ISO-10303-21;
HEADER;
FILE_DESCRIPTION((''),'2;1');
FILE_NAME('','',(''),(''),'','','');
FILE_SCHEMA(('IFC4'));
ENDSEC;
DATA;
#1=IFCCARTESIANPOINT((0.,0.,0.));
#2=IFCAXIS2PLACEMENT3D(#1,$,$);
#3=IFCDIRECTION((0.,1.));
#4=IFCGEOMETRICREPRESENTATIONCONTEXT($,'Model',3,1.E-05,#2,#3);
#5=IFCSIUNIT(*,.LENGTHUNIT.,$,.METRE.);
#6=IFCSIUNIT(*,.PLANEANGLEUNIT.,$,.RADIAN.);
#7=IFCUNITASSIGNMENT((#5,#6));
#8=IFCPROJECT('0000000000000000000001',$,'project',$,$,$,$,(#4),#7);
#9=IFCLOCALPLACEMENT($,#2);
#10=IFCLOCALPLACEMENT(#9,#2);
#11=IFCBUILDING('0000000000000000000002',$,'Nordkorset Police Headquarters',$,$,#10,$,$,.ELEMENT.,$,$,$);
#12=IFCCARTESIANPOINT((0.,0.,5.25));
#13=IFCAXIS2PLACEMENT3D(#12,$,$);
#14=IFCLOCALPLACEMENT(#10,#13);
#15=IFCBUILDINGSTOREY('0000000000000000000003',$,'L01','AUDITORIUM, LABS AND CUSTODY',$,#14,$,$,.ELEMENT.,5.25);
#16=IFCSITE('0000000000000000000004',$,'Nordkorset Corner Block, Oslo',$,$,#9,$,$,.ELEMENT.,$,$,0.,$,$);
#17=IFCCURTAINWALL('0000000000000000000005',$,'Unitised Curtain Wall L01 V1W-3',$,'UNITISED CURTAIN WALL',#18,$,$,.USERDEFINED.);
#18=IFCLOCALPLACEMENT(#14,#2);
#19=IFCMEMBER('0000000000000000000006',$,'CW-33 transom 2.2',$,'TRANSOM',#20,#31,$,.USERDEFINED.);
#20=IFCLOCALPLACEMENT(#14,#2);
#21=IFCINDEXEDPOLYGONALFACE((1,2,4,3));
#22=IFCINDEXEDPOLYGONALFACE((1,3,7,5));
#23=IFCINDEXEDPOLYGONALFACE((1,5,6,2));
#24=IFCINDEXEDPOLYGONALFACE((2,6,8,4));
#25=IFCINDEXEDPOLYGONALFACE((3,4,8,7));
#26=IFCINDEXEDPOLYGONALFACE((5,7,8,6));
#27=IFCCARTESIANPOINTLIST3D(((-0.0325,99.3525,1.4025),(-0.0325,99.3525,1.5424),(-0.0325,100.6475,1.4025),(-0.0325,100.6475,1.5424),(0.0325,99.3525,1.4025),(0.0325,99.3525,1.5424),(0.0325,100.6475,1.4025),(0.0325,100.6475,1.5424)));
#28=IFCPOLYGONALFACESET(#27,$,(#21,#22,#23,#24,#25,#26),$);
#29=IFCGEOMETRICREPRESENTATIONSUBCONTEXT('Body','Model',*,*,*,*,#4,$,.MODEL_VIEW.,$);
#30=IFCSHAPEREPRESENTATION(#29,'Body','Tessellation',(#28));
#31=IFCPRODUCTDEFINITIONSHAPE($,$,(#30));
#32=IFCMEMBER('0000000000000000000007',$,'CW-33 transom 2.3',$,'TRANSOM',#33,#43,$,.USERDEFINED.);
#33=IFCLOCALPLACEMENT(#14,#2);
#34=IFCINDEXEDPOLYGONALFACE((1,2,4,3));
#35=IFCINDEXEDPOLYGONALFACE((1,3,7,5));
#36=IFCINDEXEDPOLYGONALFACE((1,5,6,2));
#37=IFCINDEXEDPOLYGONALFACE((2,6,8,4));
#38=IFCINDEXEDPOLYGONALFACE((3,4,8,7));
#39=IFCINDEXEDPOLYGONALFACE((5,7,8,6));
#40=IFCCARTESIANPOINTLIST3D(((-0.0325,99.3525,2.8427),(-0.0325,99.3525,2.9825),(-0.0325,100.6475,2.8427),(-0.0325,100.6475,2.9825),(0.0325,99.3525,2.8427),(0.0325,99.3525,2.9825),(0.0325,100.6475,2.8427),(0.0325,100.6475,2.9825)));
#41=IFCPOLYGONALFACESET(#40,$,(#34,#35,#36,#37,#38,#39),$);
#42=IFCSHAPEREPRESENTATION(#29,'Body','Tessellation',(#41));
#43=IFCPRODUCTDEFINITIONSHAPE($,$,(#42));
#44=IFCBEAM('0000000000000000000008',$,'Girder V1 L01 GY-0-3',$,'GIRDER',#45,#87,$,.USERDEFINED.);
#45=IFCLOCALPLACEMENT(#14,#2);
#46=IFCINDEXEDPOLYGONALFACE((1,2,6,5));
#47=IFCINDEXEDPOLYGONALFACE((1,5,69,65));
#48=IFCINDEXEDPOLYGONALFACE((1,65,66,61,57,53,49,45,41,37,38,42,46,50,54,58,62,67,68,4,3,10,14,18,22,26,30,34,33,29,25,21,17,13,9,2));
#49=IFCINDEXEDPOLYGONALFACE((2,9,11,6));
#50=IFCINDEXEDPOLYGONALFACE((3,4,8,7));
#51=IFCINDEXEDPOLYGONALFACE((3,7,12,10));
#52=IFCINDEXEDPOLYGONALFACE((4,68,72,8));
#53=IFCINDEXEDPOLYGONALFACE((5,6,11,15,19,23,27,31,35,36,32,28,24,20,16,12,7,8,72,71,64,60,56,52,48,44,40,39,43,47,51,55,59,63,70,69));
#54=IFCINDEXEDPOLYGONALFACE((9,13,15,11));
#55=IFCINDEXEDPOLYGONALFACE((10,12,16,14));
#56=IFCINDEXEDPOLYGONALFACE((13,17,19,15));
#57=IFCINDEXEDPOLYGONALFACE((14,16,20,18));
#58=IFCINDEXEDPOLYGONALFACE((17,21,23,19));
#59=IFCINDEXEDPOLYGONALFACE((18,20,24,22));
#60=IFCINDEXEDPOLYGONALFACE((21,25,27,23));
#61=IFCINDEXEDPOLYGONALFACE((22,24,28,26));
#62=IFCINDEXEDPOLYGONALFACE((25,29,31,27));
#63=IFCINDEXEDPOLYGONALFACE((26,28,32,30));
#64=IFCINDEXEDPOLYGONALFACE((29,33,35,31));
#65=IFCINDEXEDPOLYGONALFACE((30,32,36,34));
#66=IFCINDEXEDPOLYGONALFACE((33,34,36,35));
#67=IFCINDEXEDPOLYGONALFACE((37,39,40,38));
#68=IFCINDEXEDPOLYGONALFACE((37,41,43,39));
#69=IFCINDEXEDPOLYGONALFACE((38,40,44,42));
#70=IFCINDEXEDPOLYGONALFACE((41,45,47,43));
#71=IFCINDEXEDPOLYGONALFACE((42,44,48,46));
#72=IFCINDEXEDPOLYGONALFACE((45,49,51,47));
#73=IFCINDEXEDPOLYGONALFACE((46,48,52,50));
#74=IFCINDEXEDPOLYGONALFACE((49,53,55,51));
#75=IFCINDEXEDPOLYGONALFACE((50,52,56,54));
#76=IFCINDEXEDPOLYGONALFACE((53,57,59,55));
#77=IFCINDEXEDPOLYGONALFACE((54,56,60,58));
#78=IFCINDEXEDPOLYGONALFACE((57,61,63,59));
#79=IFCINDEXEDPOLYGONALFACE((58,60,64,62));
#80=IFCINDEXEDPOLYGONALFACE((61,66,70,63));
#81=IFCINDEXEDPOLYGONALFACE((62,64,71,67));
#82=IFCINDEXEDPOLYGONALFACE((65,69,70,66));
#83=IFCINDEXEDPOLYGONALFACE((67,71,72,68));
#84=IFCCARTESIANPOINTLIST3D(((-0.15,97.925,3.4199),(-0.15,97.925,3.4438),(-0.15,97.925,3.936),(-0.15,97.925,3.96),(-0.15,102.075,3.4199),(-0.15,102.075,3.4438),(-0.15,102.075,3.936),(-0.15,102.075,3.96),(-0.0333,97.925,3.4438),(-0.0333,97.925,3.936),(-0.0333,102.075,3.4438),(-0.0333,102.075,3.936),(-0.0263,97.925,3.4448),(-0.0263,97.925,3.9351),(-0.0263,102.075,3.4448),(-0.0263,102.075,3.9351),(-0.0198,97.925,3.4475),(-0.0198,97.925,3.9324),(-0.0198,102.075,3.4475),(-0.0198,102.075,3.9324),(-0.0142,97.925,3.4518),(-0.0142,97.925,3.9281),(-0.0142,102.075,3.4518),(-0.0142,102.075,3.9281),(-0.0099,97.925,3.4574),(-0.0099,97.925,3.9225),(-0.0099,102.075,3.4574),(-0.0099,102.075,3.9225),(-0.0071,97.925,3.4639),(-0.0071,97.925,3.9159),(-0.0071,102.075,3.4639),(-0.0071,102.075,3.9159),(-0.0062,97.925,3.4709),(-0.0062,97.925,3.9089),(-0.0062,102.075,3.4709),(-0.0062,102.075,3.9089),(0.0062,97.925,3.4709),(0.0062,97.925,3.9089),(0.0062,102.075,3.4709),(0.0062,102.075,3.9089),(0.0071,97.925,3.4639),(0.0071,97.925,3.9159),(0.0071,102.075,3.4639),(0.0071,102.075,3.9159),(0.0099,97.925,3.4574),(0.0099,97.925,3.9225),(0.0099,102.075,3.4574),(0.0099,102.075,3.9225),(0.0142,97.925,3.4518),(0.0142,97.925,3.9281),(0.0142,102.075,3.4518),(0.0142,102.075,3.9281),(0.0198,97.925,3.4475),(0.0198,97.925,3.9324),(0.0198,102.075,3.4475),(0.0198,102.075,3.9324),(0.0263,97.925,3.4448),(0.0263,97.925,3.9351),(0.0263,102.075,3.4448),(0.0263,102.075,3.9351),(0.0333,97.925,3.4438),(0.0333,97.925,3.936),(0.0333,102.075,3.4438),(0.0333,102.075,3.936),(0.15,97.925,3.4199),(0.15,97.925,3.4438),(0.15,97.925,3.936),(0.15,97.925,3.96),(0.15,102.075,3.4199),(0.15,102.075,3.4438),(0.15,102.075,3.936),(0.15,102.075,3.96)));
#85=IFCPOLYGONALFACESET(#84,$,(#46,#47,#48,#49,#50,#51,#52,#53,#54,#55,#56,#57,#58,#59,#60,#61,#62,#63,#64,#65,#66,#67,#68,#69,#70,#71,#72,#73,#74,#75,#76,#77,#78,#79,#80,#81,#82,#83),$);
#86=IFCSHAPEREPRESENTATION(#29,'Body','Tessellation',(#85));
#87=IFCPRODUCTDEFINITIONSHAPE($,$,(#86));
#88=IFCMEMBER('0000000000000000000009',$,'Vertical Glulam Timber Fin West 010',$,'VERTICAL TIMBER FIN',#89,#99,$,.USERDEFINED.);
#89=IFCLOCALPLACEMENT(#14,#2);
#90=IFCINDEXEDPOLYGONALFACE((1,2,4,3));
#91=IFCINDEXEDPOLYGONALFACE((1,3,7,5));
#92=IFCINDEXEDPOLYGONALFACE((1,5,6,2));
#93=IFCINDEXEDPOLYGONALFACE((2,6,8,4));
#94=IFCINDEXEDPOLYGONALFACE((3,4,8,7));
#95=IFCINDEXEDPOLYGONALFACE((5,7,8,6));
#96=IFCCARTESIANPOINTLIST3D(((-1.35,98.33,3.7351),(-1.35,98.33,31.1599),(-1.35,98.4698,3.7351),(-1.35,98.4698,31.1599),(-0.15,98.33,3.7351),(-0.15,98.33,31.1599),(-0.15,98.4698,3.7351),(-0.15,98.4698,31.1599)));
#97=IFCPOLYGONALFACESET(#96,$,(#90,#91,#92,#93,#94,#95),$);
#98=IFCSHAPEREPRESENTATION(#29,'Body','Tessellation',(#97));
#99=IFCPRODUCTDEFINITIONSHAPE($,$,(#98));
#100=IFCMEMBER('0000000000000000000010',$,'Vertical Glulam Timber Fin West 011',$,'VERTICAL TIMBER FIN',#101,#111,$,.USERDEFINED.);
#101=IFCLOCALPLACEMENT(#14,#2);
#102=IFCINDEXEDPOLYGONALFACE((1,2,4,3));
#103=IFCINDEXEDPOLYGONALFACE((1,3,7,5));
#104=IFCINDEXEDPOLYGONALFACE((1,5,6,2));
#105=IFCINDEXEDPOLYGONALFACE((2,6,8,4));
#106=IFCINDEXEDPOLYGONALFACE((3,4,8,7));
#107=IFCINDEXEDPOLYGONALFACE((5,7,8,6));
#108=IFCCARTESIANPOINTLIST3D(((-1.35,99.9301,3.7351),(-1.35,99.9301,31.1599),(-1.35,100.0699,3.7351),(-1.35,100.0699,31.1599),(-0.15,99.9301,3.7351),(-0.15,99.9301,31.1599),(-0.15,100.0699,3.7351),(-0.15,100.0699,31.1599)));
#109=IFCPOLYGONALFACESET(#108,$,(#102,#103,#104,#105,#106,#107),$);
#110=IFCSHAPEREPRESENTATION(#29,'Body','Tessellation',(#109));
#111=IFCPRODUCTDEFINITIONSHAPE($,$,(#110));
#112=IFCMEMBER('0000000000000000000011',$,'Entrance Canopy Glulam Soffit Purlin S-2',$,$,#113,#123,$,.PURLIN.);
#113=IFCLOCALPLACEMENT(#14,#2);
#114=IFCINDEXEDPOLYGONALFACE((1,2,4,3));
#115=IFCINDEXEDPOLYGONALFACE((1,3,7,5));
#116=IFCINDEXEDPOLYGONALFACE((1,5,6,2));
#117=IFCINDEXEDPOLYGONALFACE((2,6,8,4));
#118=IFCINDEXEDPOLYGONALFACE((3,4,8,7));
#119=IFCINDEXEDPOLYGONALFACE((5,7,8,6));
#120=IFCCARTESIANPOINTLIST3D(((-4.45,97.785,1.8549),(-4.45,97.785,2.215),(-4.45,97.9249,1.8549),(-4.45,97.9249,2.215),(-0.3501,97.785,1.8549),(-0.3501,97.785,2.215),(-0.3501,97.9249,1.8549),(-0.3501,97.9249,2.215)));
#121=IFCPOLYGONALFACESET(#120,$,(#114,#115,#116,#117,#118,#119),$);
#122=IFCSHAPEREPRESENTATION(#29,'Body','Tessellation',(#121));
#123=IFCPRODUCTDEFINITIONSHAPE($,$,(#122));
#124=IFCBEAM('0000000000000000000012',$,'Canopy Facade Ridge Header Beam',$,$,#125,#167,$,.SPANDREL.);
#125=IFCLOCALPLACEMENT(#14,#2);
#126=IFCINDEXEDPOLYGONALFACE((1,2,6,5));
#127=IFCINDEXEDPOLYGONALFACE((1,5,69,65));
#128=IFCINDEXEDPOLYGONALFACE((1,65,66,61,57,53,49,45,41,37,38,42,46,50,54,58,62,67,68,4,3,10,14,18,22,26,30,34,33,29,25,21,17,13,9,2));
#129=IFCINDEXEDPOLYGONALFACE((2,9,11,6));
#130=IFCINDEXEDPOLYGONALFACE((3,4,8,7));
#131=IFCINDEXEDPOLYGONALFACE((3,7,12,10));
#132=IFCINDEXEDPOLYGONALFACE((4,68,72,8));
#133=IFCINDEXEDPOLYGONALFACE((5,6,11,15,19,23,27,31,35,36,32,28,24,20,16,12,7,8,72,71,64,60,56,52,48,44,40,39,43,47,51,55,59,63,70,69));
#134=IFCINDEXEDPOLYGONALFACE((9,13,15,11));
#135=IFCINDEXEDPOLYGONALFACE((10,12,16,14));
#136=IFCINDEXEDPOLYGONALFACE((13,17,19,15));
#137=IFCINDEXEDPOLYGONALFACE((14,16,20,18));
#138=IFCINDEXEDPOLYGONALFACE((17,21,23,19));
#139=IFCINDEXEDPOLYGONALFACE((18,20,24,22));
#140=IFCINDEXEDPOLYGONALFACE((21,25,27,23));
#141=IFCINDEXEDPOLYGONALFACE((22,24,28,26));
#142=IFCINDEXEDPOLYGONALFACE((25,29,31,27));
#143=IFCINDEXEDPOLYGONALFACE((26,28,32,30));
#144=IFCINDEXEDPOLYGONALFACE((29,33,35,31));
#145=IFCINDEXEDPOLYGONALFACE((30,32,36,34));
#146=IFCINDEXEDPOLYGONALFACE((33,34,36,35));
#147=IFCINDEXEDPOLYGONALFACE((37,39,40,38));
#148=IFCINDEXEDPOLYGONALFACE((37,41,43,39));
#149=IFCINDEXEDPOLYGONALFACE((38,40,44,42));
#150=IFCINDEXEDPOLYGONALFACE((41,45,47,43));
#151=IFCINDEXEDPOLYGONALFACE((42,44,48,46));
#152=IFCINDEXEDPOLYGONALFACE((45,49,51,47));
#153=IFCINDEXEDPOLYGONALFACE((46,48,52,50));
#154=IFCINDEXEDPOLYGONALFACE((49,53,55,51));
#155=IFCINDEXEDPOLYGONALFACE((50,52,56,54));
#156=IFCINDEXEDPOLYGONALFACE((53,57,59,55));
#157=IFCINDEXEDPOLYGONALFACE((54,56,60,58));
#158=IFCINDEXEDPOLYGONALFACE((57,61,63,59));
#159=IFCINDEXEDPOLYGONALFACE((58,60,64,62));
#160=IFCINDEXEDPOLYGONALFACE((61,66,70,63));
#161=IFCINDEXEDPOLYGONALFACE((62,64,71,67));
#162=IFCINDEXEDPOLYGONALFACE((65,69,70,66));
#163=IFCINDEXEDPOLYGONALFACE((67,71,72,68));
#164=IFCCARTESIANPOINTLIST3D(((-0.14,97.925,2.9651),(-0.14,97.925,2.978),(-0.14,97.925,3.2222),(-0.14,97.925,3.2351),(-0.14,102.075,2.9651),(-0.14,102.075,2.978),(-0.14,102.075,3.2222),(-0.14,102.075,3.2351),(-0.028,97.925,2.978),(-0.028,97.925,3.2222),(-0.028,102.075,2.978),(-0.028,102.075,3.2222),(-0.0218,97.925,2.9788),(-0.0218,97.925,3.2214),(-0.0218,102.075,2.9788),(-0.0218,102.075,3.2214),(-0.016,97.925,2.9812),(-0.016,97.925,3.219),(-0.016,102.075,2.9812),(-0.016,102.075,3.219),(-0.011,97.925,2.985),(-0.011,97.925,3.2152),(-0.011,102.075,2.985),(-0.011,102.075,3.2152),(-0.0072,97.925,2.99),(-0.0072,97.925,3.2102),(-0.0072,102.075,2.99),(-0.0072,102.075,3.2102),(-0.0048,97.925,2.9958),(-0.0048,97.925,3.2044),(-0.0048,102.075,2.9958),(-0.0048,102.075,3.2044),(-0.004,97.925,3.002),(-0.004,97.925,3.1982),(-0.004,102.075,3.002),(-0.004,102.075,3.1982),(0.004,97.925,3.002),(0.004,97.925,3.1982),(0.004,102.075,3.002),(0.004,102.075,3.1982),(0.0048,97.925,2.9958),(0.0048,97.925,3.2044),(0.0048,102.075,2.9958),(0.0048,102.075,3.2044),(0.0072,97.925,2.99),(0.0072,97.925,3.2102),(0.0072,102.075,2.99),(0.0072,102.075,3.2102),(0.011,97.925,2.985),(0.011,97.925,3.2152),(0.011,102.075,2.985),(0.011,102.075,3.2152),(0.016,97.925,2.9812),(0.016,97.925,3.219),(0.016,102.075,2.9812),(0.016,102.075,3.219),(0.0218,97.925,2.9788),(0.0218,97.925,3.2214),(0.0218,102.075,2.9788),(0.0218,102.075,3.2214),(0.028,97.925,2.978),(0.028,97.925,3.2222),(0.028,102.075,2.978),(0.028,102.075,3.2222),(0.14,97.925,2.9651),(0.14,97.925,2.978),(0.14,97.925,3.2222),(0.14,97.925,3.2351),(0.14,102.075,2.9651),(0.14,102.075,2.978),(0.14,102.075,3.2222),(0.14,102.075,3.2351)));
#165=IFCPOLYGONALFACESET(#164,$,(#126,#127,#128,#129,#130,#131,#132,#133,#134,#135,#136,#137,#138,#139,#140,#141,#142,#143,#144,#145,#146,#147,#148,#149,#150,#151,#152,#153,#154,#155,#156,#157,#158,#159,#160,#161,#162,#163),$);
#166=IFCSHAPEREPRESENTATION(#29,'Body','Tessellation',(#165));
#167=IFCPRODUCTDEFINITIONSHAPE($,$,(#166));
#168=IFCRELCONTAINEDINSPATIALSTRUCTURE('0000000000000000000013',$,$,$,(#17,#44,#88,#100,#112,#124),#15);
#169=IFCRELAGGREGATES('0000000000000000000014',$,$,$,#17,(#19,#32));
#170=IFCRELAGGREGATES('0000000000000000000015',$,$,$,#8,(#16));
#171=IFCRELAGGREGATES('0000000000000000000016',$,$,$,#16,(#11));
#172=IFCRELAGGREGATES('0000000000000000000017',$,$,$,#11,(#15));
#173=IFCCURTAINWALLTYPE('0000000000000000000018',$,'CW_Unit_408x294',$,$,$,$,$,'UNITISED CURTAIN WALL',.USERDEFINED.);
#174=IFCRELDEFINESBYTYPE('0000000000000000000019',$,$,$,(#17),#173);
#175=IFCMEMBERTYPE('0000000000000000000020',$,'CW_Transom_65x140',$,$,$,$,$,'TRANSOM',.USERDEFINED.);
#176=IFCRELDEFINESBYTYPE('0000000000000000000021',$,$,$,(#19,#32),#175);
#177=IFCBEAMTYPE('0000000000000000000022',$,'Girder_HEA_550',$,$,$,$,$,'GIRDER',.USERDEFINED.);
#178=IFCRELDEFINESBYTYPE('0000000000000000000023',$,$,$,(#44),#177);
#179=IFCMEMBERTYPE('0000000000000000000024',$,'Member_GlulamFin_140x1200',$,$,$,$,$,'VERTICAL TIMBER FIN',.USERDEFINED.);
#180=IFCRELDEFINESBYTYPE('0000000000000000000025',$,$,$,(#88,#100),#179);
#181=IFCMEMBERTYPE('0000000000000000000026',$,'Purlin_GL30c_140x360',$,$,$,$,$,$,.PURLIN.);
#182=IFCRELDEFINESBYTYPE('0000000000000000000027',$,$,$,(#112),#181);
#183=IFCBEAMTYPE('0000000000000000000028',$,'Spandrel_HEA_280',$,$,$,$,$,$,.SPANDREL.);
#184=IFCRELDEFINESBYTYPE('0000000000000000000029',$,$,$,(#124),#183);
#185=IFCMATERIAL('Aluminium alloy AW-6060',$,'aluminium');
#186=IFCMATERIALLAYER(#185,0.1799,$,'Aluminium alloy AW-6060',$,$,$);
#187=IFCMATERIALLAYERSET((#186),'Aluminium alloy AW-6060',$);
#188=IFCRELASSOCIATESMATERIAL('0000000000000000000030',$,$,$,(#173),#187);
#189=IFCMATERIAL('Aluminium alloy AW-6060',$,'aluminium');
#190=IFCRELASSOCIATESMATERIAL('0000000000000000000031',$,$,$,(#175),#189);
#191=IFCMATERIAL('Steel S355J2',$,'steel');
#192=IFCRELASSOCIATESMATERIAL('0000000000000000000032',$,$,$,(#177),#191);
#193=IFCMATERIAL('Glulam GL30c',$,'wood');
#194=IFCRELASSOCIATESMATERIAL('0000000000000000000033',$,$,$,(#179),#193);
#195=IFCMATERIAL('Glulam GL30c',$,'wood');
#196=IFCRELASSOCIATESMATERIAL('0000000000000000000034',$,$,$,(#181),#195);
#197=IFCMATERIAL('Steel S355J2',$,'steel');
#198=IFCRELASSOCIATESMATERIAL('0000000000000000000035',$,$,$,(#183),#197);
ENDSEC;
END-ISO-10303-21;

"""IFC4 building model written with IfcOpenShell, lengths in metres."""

from ifc_helpers import new_model, si_unit, direction, frame, origin, origin_2d, place, context, subcontext, project, spatial, rectangle, i_section, extrude, material, layer, layer_set, material_profile, profile_set, type_object, element, aggregate, save


model = new_model("IFC4")

# Units and contexts
model_context = context("Model", 3, precision=1e-05, world=origin(), true_north=direction((0.0, 1.0)))
body_context = subcontext(model_context, "Body", "Model", "MODEL_VIEW")
ifc_project = project(units=[si_unit("LENGTHUNIT", "METRE"), si_unit("PLANEANGLEUNIT", "RADIAN")], contexts=[model_context])

# Site, building, storey
site_placement = place(None, origin())
site = spatial("IfcSite", under=ifc_project, at=site_placement, Name="Nordkorset Corner Block, Oslo", CompositionType="ELEMENT", RefElevation=0.0)
building_placement = place(site_placement, origin())
building = spatial("IfcBuilding", under=site, at=building_placement, Name="Nordkorset Police Headquarters", CompositionType="ELEMENT")
storey_placement = place(building_placement, frame((0.0, 0.0, 5.25)))
storey = spatial("IfcBuildingStorey", under=building, at=storey_placement, Name="L01", Description="AUDITORIUM, LABS AND CUSTODY", CompositionType="ELEMENT", Elevation=5.25)

# Curtain wall, members
ifc_material_1 = material(Name="Aluminium alloy AW-6060", Category="aluminium")
ifc_layer_1 = layer(ifc_material_1, 0.1799, Name="Aluminium alloy AW-6060")
ifc_layer_set_1 = layer_set([ifc_layer_1], Name="Aluminium alloy AW-6060")
curtain_wall_type = type_object("IfcCurtainWallType", Name="CW_Unit_408x294", ElementType="UNITISED CURTAIN WALL", PredefinedType="USERDEFINED", material=ifc_layer_set_1)
curtain_wall_placement = place(storey_placement, origin())
curtain_wall = element("IfcCurtainWall", 1, at=curtain_wall_placement, inside=storey, type_object=curtain_wall_type, Name="Unitised Curtain Wall L01 V1W-3", ObjectType="UNITISED CURTAIN WALL", PredefinedType="USERDEFINED")
ifc_material_2 = material(Name="Aluminium alloy AW-6060", Category="aluminium")
ifc_material_profile_1 = material_profile(ifc_material_2, rectangle(XDim=0.0649, YDim=0.1399, at=origin_2d()), Name="ALU TRAN 65x140")
ifc_profile_set_1 = profile_set([ifc_material_profile_1], Name="Aluminium alloy AW-6060")
member_type_1 = type_object("IfcMemberType", Name="CW_Transom_65x140", ElementType="TRANSOM", PredefinedType="USERDEFINED", material=ifc_profile_set_1)
member_1_placement = place(storey_placement, frame((0.0, 99.3525, 1.4724), z_axis=(0.0, 1.0, 0.0), x_axis=(-1.0, 0.0, 0.0)))
member_1 = element("IfcMember", 2, at=member_1_placement, type_object=member_type_1, Name="CW-33 transom 2.2", ObjectType="TRANSOM", PredefinedType="USERDEFINED", context=body_context, shape_type="SweptSolid", body=[
    extrude(rectangle(XDim=0.0649, YDim=0.1399, at=origin_2d()), origin(), (0.0, 0.0, 1.0), 1.2949),
])
member_2_placement = place(storey_placement, frame((0.0, 99.3525, 2.9126), z_axis=(0.0, 1.0, 0.0), x_axis=(-1.0, 0.0, 0.0)))
member_2 = element("IfcMember", 3, at=member_2_placement, type_object=member_type_1, Name="CW-33 transom 2.3", ObjectType="TRANSOM", PredefinedType="USERDEFINED", context=body_context, shape_type="SweptSolid", body=[
    extrude(rectangle(XDim=0.0649, YDim=0.1399, at=origin_2d()), origin(), (0.0, 0.0, 1.0), 1.2949),
])

# Beam
ifc_material_3 = material(Name="Steel S355J2", Category="steel")
ifc_material_profile_2 = material_profile(ifc_material_3, i_section(OverallWidth=0.3, OverallDepth=0.54, WebThickness=0.0125, FlangeThickness=0.0239, FilletRadius=0.0271, at=origin_2d()), Name="HEA 550")
ifc_profile_set_2 = profile_set([ifc_material_profile_2], Name="Steel S355J2")
beam_type_1 = type_object("IfcBeamType", Name="Girder_HEA_550", ElementType="GIRDER", PredefinedType="USERDEFINED", material=ifc_profile_set_2)
beam_1_placement = place(storey_placement, frame((0.0, 97.925, 3.6899), z_axis=(0.0, 1.0, 0.0), x_axis=(-1.0, 0.0, 0.0)))
element("IfcBeam", 4, at=beam_1_placement, inside=storey, type_object=beam_type_1, Name="Girder V1 L01 GY-0-3", ObjectType="GIRDER", PredefinedType="USERDEFINED", context=body_context, shape_type="SweptSolid", body=[
    extrude(i_section(OverallWidth=0.3, OverallDepth=0.54, WebThickness=0.0125, FlangeThickness=0.0239, FilletRadius=0.0271, at=origin_2d()), origin(), (0.0, 0.0, 1.0), 4.1499),
])

# Members
ifc_material_4 = material(Name="Glulam GL30c", Category="wood")
ifc_material_profile_3 = material_profile(ifc_material_4, rectangle(XDim=0.1399, YDim=1.2, at=origin_2d()), Name="GL30C FIN 140x1200")
ifc_profile_set_3 = profile_set([ifc_material_profile_3], Name="Glulam GL30c")
member_type_2 = type_object("IfcMemberType", Name="Member_GlulamFin_140x1200", ElementType="VERTICAL TIMBER FIN", PredefinedType="USERDEFINED", material=ifc_profile_set_3)
for number, where, z_axis, x_axis, name in (
    (5, (-0.75, 98.3999, 3.7351), (0.0, 0.0, 1.0), (0.0, 1.0, 0.0), "Vertical Glulam Timber Fin West 010"),
    (6, (-0.75, 100.0, 3.7351), (0.0, 0.0, 1.0), (0.0, 1.0, 0.0), "Vertical Glulam Timber Fin West 011"),
):
    element("IfcMember", number, at=place(storey_placement, frame(where, z_axis=z_axis, x_axis=x_axis)), inside=storey, type_object=member_type_2, Name=name, ObjectType="VERTICAL TIMBER FIN", PredefinedType="USERDEFINED", context=body_context, shape_type="SweptSolid", body=[
        extrude(rectangle(XDim=0.1399, YDim=1.2, at=origin_2d()), origin(), (0.0, 0.0, 1.0), 27.4248),
    ])
ifc_material_5 = material(Name="Glulam GL30c", Category="wood")
ifc_material_profile_4 = material_profile(ifc_material_5, rectangle(XDim=0.1399, YDim=0.3601, at=origin_2d()), Name="GL30c 140x360")
ifc_profile_set_4 = profile_set([ifc_material_profile_4], Name="Glulam GL30c")
member_type_3 = type_object("IfcMemberType", Name="Purlin_GL30c_140x360", PredefinedType="PURLIN", material=ifc_profile_set_4)
member_3_placement = place(storey_placement, frame((-4.45, 97.855, 2.0349), z_axis=(1.0, 0.0, 0.0), x_axis=(0.0, 1.0, 0.0)))
element("IfcMember", 7, at=member_3_placement, inside=storey, type_object=member_type_3, Name="Entrance Canopy Glulam Soffit Purlin S-2", PredefinedType="PURLIN", context=body_context, shape_type="SweptSolid", body=[
    extrude(rectangle(XDim=0.1399, YDim=0.3601, at=origin_2d()), origin(), (0.0, 0.0, 1.0), 4.0999),
])

# Beam
ifc_material_6 = material(Name="Steel S355J2", Category="steel")
ifc_material_profile_5 = material_profile(ifc_material_6, i_section(OverallWidth=0.28, OverallDepth=0.27, WebThickness=0.0081, FlangeThickness=0.0129, FilletRadius=0.0239, at=origin_2d()), Name="HEA 280")
ifc_profile_set_5 = profile_set([ifc_material_profile_5], Name="Steel S355J2")
beam_type_2 = type_object("IfcBeamType", Name="Spandrel_HEA_280", PredefinedType="SPANDREL", material=ifc_profile_set_5)
beam_2_placement = place(storey_placement, frame((0.0, 97.925, 3.1001), z_axis=(0.0, 1.0, 0.0), x_axis=(-1.0, 0.0, 0.0)))
element("IfcBeam", 8, at=beam_2_placement, inside=storey, type_object=beam_type_2, Name="Canopy Facade Ridge Header Beam", PredefinedType="SPANDREL", context=body_context, shape_type="SweptSolid", body=[
    extrude(i_section(OverallWidth=0.28, OverallDepth=0.27, WebThickness=0.0081, FlangeThickness=0.0129, FilletRadius=0.0239, at=origin_2d()), origin(), (0.0, 0.0, 1.0), 4.1499),
])

aggregate(curtain_wall, [member_1, member_2])

save(model, "model.ifc")
